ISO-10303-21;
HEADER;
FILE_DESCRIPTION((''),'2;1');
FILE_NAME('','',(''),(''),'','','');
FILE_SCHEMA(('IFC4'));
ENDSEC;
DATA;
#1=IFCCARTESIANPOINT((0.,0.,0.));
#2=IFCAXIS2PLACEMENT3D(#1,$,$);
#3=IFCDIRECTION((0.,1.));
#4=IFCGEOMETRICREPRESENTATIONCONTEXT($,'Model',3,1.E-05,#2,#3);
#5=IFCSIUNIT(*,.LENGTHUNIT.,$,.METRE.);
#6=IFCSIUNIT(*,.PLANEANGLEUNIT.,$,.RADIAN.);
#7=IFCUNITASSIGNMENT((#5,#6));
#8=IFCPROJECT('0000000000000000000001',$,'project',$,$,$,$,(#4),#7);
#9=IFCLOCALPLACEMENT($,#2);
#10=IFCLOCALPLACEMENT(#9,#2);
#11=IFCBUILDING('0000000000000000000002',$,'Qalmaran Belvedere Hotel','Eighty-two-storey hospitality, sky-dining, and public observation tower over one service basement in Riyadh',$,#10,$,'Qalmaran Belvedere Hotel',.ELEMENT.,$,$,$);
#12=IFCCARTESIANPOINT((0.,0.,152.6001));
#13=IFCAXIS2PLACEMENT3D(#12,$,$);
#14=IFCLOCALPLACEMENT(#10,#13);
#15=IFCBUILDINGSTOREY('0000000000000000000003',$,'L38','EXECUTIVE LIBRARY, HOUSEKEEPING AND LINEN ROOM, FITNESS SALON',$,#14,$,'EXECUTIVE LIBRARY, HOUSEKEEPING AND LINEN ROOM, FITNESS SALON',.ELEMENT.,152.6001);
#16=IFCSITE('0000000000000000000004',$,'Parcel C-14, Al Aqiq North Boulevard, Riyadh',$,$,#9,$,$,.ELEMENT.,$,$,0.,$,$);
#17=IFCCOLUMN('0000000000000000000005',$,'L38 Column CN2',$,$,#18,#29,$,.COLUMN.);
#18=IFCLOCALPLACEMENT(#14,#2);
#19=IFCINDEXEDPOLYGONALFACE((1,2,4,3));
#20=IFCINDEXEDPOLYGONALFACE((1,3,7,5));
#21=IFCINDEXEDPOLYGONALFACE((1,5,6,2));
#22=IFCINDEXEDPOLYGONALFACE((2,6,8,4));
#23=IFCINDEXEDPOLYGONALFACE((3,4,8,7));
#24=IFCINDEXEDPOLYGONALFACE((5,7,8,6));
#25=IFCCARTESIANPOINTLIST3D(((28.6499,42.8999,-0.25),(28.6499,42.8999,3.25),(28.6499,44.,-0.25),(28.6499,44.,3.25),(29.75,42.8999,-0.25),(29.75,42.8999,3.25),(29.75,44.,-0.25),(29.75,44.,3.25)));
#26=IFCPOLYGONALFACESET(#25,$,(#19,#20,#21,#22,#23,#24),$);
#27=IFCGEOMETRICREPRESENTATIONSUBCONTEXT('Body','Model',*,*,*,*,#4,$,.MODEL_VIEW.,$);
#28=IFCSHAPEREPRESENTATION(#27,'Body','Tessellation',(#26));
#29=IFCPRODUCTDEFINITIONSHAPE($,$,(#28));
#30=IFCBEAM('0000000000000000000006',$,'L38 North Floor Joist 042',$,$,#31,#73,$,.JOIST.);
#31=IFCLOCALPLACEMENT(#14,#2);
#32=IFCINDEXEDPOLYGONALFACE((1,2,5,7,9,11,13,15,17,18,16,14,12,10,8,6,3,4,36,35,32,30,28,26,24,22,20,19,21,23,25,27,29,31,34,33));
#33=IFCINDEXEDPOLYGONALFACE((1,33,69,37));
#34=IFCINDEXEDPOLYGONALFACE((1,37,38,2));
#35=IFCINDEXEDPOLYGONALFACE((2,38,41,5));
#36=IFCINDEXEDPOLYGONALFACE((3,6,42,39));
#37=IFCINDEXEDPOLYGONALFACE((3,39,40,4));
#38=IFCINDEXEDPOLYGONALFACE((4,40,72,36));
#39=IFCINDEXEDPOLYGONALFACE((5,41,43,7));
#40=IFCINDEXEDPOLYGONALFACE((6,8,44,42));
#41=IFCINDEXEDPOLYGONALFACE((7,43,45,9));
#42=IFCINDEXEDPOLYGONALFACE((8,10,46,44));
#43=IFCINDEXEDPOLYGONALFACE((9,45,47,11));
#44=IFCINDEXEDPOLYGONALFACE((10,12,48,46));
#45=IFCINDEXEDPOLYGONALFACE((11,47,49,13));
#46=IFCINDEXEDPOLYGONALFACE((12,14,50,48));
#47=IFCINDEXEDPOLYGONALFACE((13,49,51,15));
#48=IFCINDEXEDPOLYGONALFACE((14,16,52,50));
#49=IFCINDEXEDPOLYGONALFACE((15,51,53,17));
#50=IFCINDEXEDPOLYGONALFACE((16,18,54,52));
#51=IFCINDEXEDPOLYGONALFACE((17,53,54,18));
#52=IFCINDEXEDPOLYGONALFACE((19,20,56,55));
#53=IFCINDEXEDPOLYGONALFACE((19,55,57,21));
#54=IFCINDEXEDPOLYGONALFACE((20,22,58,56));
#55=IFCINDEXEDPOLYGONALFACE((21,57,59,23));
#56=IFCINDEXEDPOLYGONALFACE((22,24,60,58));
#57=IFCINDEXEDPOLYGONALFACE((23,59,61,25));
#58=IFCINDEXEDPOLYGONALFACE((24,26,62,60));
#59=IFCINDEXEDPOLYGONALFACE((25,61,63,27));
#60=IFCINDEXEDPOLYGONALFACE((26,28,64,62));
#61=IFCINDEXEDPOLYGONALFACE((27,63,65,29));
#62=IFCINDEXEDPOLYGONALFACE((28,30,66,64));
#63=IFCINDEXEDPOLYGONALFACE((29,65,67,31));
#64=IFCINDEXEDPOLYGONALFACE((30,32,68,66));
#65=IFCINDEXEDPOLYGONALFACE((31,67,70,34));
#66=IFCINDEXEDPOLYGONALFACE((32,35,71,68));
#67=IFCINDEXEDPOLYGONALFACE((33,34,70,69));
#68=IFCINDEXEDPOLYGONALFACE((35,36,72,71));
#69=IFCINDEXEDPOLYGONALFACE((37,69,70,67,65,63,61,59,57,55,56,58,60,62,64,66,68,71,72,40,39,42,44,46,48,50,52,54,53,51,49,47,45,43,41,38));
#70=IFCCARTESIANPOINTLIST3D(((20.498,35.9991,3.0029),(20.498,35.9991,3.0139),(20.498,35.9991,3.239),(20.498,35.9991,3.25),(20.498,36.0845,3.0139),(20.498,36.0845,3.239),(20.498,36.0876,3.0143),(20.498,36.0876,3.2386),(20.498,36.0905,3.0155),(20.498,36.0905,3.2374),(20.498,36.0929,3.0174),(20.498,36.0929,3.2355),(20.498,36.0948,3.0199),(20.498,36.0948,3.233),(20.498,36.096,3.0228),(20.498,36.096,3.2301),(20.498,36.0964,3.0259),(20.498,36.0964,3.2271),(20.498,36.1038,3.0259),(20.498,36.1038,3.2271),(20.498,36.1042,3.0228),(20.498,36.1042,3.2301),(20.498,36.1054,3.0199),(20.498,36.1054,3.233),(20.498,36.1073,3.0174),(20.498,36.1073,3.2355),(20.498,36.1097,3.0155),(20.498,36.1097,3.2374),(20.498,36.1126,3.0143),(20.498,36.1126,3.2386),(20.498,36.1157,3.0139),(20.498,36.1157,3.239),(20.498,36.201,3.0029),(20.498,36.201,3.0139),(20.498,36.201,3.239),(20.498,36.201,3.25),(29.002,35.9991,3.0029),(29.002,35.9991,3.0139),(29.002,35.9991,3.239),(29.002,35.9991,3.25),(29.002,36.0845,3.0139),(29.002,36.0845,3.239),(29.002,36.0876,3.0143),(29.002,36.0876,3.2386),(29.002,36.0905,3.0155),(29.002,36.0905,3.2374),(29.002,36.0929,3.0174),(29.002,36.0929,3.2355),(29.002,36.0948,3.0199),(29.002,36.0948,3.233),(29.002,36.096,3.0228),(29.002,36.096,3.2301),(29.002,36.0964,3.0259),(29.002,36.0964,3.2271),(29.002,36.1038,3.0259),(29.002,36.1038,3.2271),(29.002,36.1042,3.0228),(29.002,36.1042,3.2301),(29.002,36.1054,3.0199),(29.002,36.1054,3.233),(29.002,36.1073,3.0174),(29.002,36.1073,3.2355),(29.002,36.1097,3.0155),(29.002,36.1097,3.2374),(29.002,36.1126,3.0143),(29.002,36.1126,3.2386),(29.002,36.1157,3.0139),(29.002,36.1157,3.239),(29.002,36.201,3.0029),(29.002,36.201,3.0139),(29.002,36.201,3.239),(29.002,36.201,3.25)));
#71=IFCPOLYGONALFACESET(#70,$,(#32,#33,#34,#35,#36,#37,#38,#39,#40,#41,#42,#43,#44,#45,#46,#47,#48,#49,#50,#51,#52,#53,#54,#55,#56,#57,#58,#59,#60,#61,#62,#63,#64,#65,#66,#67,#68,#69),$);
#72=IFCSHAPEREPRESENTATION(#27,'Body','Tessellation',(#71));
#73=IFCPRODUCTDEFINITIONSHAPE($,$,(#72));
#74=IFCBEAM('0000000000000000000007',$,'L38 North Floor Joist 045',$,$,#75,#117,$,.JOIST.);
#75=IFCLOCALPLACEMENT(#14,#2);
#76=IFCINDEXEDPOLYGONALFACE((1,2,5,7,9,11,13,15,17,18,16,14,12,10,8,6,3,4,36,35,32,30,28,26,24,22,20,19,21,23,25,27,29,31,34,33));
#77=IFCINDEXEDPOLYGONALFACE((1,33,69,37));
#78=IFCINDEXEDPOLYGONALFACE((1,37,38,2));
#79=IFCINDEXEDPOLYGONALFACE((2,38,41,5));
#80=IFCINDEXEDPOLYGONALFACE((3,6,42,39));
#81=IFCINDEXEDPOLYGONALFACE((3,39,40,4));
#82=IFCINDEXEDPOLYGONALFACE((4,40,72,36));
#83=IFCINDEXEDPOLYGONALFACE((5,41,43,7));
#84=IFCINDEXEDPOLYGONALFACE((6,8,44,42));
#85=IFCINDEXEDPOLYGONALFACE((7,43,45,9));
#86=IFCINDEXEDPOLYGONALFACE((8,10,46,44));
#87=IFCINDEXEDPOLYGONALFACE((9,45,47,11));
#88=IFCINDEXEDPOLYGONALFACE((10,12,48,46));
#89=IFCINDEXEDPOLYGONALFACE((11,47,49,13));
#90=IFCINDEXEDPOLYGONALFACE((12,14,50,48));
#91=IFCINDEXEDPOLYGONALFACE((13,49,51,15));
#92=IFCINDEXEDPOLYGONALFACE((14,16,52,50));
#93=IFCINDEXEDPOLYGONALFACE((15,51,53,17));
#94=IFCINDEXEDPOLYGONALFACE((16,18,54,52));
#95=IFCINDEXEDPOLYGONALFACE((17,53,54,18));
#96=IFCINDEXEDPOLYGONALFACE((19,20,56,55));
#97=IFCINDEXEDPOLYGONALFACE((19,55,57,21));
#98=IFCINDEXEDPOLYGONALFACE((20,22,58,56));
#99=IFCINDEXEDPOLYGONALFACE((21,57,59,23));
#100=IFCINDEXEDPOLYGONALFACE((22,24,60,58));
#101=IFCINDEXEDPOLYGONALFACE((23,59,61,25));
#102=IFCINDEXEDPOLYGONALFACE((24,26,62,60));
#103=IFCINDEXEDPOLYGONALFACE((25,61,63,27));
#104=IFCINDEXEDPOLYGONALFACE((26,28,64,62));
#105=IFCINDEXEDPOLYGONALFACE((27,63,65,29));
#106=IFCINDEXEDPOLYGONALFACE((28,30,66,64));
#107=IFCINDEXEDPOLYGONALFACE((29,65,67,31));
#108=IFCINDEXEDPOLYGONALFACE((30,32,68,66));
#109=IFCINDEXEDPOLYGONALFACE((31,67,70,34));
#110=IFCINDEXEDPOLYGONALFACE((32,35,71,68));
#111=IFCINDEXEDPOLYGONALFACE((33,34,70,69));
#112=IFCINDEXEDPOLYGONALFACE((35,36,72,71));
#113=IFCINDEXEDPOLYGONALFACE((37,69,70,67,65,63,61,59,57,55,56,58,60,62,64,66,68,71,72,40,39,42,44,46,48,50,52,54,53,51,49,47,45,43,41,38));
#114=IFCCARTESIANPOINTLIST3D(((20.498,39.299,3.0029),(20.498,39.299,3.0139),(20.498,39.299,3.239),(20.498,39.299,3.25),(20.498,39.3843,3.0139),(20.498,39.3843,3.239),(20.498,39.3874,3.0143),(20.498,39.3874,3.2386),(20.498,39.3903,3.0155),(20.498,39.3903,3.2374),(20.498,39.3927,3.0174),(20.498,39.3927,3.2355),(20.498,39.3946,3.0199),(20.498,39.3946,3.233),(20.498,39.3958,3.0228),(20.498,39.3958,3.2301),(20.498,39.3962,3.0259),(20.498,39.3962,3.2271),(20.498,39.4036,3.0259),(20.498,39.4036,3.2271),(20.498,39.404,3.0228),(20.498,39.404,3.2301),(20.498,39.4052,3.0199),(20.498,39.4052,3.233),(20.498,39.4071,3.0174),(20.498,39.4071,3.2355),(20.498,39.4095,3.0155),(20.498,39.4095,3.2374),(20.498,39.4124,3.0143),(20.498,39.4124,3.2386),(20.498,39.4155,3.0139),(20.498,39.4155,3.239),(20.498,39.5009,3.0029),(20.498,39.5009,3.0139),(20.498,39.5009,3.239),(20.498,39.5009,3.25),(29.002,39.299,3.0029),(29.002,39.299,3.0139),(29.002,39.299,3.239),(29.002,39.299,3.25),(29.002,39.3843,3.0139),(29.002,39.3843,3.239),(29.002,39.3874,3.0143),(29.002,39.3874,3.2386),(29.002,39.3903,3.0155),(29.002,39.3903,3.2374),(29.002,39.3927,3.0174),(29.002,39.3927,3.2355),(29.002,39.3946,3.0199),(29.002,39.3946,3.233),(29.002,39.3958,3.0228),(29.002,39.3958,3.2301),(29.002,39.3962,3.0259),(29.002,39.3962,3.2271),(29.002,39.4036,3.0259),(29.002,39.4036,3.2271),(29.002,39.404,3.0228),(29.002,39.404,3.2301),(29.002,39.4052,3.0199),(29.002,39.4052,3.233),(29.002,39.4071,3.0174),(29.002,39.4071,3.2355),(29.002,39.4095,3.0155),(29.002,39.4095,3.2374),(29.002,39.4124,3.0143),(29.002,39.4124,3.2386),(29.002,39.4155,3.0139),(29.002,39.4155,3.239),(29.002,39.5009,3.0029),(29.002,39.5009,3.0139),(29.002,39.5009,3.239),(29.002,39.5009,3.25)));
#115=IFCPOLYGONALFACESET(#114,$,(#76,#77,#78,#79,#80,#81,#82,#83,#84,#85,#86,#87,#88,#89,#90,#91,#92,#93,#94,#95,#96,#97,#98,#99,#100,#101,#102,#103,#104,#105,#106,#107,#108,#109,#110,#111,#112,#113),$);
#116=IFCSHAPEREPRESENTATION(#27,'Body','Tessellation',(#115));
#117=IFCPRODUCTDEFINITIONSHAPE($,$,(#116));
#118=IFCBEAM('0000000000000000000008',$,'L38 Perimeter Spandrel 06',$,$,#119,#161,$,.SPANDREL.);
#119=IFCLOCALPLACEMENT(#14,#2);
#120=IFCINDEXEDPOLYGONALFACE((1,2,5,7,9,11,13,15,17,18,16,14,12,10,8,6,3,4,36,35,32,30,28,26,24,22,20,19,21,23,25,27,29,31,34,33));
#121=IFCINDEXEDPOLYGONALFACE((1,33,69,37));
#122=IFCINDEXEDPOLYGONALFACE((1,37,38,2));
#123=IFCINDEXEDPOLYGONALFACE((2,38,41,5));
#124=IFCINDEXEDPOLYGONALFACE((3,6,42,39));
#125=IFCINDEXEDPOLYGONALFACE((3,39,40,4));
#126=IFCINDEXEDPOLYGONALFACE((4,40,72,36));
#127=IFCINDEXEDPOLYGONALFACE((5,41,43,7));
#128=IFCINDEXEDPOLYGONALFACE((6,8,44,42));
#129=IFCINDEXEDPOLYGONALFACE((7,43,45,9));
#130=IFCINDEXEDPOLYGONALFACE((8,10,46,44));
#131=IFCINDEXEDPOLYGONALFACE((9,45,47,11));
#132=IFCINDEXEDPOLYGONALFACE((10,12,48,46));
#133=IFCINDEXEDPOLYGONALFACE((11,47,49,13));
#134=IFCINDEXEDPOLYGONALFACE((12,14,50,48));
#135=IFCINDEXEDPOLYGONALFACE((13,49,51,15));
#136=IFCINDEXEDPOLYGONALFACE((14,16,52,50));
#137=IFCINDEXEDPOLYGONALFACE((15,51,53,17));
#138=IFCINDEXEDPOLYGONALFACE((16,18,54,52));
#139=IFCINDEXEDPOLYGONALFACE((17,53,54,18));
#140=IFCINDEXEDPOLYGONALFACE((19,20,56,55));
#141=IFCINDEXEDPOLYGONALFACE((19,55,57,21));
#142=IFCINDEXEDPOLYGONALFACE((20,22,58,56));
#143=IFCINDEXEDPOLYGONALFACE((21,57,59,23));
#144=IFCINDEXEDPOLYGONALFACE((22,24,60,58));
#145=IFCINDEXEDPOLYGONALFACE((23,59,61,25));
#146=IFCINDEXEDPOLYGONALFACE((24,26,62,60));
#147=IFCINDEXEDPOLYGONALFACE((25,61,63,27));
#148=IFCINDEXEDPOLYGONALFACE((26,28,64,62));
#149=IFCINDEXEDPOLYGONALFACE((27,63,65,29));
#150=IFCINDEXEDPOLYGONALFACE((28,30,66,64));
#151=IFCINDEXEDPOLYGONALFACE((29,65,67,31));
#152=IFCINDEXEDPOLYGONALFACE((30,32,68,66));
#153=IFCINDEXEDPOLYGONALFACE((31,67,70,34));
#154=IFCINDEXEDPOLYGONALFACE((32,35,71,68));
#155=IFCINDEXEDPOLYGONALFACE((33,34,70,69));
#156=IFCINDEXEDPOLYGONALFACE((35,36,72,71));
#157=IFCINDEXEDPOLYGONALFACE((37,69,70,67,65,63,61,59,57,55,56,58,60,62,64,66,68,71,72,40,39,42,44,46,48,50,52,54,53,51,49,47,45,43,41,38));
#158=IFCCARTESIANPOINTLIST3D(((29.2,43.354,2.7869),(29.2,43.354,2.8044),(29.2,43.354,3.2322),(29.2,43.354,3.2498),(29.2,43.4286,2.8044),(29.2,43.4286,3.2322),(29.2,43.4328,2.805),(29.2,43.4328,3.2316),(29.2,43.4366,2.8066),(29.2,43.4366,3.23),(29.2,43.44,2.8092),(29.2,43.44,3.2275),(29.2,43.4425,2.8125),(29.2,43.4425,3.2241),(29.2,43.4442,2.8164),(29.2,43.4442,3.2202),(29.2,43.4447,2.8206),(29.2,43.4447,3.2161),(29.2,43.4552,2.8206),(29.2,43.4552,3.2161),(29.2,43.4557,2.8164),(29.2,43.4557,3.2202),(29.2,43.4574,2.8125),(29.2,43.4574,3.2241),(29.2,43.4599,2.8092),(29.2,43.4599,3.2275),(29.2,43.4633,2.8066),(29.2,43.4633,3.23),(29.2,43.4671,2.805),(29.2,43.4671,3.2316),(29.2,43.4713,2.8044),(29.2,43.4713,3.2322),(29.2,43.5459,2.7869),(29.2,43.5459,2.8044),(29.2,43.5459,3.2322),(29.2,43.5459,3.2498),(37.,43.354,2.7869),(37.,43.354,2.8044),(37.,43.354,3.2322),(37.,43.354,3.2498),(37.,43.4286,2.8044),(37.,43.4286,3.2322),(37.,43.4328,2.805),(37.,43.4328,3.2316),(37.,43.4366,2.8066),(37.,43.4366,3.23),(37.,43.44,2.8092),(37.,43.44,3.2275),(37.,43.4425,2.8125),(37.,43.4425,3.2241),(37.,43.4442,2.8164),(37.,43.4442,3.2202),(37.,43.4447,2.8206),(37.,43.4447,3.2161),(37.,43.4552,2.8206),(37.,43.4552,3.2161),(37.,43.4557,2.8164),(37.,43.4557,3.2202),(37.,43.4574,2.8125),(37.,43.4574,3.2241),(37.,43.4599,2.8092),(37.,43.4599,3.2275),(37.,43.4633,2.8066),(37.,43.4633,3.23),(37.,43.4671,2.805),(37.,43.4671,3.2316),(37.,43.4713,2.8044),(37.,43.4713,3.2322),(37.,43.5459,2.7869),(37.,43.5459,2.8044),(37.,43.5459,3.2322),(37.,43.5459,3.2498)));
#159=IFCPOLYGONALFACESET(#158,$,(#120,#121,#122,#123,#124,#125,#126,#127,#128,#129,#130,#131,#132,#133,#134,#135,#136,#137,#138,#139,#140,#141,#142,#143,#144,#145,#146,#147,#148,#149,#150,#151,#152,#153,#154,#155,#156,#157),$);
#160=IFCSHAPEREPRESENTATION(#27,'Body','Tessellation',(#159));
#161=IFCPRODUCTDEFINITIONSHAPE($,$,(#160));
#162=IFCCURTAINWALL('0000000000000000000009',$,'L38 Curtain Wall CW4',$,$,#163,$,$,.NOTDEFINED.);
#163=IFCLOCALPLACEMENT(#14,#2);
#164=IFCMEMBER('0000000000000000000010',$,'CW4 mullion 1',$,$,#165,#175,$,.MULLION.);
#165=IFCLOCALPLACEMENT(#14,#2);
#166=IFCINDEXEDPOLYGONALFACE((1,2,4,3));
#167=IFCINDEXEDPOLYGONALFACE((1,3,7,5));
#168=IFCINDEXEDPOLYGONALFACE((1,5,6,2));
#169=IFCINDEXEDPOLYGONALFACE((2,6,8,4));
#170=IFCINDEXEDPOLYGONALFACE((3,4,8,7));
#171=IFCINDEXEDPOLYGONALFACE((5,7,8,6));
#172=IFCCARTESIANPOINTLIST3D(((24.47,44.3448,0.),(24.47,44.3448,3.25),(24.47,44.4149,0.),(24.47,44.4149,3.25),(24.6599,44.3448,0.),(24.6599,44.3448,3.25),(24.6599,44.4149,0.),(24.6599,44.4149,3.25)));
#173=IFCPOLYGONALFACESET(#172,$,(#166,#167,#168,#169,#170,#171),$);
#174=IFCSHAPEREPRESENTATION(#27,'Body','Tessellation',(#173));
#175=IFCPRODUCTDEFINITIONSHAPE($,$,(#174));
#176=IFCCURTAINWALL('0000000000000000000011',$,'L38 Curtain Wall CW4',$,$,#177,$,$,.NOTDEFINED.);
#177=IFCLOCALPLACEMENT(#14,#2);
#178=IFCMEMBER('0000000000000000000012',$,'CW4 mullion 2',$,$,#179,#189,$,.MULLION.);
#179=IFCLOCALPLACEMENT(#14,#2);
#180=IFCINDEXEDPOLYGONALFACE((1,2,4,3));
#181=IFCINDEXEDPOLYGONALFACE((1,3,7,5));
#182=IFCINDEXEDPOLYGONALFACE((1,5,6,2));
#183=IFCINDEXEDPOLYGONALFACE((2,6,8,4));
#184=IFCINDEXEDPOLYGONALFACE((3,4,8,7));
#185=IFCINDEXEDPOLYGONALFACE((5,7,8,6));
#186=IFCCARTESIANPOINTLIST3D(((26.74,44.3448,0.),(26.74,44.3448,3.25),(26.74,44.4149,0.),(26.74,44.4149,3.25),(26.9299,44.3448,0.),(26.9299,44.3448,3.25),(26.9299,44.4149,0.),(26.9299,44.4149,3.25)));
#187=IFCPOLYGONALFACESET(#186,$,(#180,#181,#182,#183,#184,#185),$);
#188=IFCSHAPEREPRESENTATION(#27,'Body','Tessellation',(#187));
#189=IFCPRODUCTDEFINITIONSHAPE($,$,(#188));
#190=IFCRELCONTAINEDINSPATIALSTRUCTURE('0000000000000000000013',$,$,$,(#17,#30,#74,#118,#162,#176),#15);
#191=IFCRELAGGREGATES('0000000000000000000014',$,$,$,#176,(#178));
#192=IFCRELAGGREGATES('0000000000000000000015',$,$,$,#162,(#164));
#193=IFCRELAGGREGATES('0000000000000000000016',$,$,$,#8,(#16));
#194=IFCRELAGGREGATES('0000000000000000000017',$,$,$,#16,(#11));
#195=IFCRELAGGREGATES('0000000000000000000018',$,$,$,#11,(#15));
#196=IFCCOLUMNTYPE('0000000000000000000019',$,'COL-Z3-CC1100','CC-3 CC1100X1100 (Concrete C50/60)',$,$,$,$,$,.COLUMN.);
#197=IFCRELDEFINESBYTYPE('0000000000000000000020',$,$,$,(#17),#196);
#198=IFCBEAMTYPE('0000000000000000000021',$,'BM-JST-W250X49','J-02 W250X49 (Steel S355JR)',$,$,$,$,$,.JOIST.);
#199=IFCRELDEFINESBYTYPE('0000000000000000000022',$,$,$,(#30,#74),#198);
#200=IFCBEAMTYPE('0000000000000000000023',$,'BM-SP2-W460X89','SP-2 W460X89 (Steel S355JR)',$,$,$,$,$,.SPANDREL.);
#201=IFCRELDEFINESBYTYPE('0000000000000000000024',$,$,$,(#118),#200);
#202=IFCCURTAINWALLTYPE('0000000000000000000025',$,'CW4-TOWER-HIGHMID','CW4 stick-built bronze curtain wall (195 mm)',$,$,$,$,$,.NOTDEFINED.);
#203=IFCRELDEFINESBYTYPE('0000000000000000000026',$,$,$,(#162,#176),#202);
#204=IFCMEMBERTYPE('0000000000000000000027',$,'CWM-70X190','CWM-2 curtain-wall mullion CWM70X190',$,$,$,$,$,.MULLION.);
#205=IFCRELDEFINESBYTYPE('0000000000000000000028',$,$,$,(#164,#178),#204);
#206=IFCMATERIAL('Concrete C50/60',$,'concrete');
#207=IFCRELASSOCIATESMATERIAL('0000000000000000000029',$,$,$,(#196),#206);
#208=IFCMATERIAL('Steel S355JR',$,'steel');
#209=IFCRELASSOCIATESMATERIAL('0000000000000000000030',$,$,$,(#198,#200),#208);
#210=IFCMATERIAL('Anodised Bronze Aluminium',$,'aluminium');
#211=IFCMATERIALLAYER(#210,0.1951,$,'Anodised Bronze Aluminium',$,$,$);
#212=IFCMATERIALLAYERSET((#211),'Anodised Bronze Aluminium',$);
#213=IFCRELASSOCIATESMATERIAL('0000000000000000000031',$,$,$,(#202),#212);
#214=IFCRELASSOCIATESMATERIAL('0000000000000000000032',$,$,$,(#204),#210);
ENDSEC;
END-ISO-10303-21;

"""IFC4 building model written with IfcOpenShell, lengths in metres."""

from ifc_helpers import new_model, si_unit, direction, frame, origin, origin_2d, place, context, subcontext, project, spatial, rectangle, i_section, extrude, material, layer, layer_set, material_profile, profile_set, type_object, element, aggregate, save


model = new_model("IFC4")

# Units and contexts
model_context = context("Model", 3, precision=1e-05, world=origin(), true_north=direction((0.0, 1.0)))
body_context = subcontext(model_context, "Body", "Model", "MODEL_VIEW")
ifc_project = project(units=[si_unit("LENGTHUNIT", "METRE"), si_unit("PLANEANGLEUNIT", "RADIAN")], contexts=[model_context])

# Site, building, storey
site_placement = place(None, origin())
site = spatial("IfcSite", under=ifc_project, at=site_placement, Name="Parcel C-14, Al Aqiq North Boulevard, Riyadh", CompositionType="ELEMENT", RefElevation=0.0)
building_placement = place(site_placement, origin())
building = spatial("IfcBuilding", under=site, at=building_placement, Name="Qalmaran Belvedere Hotel", Description="Eighty-two-storey hospitality, sky-dining, and public observation tower over one service basement in Riyadh", LongName="Qalmaran Belvedere Hotel", CompositionType="ELEMENT")
storey_placement = place(building_placement, frame((0.0, 0.0, 152.6001)))
storey = spatial("IfcBuildingStorey", under=building, at=storey_placement, Name="L38", Description="EXECUTIVE LIBRARY, HOUSEKEEPING AND LINEN ROOM, FITNESS SALON", LongName="EXECUTIVE LIBRARY, HOUSEKEEPING AND LINEN ROOM, FITNESS SALON", CompositionType="ELEMENT", Elevation=152.6001)

# Column
ifc_material_1 = material(Name="Concrete C50/60", Category="concrete")
ifc_material_profile_1 = material_profile(ifc_material_1, rectangle(XDim=1.1001, YDim=1.1001, at=origin_2d()), Name="CC1100X1100")
ifc_profile_set_1 = profile_set([ifc_material_profile_1], Name="Concrete C50/60")
column_type = type_object("IfcColumnType", Name="COL-Z3-CC1100", Description="CC-3 CC1100X1100 (Concrete C50/60)", PredefinedType="COLUMN", material=ifc_profile_set_1)
column_placement = place(storey_placement, frame((29.2, 43.45, -0.25), z_axis=(0.0, 0.0, 1.0), x_axis=(1.0, 0.0, 0.0)))
element("IfcColumn", 1, at=column_placement, inside=storey, type_object=column_type, Name="L38 Column CN2", PredefinedType="COLUMN", context=body_context, shape_type="SweptSolid", body=[
    extrude(rectangle(XDim=1.1001, YDim=1.1001, at=origin_2d()), origin(), (0.0, 0.0, 1.0), 3.5),
])

# Beams
ifc_material_2 = material(Name="Steel S355JR", Category="steel")
ifc_material_profile_2 = material_profile(ifc_material_2, i_section(OverallWidth=0.2019, OverallDepth=0.2471, WebThickness=0.0073, FlangeThickness=0.011, FilletRadius=0.012, at=origin_2d()), Name="W250X49")
ifc_profile_set_2 = profile_set([ifc_material_profile_2], Name="Steel S355JR")
beam_type_1 = type_object("IfcBeamType", Name="BM-JST-W250X49", Description="J-02 W250X49 (Steel S355JR)", PredefinedType="JOIST", material=ifc_profile_set_2)
for number, where, z_axis, x_axis, name in (
    (2, (20.498, 36.1001, 3.1265), (1.0, 0.0, 0.0), (0.0, 1.0, 0.0), "L38 North Floor Joist 042"),
    (3, (20.498, 39.3999, 3.1265), (1.0, 0.0, 0.0), (0.0, 1.0, 0.0), "L38 North Floor Joist 045"),
):
    element("IfcBeam", number, at=place(storey_placement, frame(where, z_axis=z_axis, x_axis=x_axis)), inside=storey, type_object=beam_type_1, Name=name, PredefinedType="JOIST", context=body_context, shape_type="SweptSolid", body=[
        extrude(i_section(OverallWidth=0.2019, OverallDepth=0.2471, WebThickness=0.0073, FlangeThickness=0.011, FilletRadius=0.012, at=origin_2d()), origin(), (0.0, 0.0, 1.0), 8.5039),
    ])
ifc_material_profile_3 = material_profile(ifc_material_2, i_section(OverallWidth=0.1919, OverallDepth=0.4629, WebThickness=0.0105, FlangeThickness=0.0176, FilletRadius=0.0161, at=origin_2d()), Name="W460X89")
ifc_profile_set_3 = profile_set([ifc_material_profile_3], Name="Steel S355JR")
beam_type_2 = type_object("IfcBeamType", Name="BM-SP2-W460X89", Description="SP-2 W460X89 (Steel S355JR)", PredefinedType="SPANDREL", material=ifc_profile_set_3)
beam_placement = place(storey_placement, frame((29.2, 43.45, 3.0183), z_axis=(1.0, 0.0, 0.0), x_axis=(0.0, 1.0, 0.0)))
element("IfcBeam", 4, at=beam_placement, inside=storey, type_object=beam_type_2, Name="L38 Perimeter Spandrel 06", PredefinedType="SPANDREL", context=body_context, shape_type="SweptSolid", body=[
    extrude(i_section(OverallWidth=0.1919, OverallDepth=0.4629, WebThickness=0.0105, FlangeThickness=0.0176, FilletRadius=0.0161, at=origin_2d()), origin(), (0.0, 0.0, 1.0), 7.8),
])

# Curtain walls, members
ifc_material_3 = material(Name="Anodised Bronze Aluminium", Category="aluminium")
ifc_layer_1 = layer(ifc_material_3, 0.1951, Name="Anodised Bronze Aluminium")
ifc_layer_set_1 = layer_set([ifc_layer_1], Name="Anodised Bronze Aluminium")
curtain_wall_type = type_object("IfcCurtainWallType", Name="CW4-TOWER-HIGHMID", Description="CW4 stick-built bronze curtain wall (195 mm)", PredefinedType="NOTDEFINED", material=ifc_layer_set_1)
curtain_wall_1_placement = place(storey_placement, origin())
curtain_wall_1 = element("IfcCurtainWall", 5, at=curtain_wall_1_placement, inside=storey, type_object=curtain_wall_type, Name="L38 Curtain Wall CW4", PredefinedType="NOTDEFINED")
ifc_material_profile_4 = material_profile(ifc_material_3, rectangle(XDim=0.0701, YDim=0.1899, at=origin_2d()), Name="CWM70X190")
ifc_profile_set_4 = profile_set([ifc_material_profile_4], Name="Anodised Bronze Aluminium")
member_type_1 = type_object("IfcMemberType", Name="CWM-70X190", Description="CWM-2 curtain-wall mullion CWM70X190", PredefinedType="MULLION", material=ifc_profile_set_4)
member_1_placement = place(storey_placement, frame((24.5649, 44.3799, 0.0), z_axis=(0.0, 0.0, 1.0), x_axis=(0.0, -1.0, 0.0)))
member_1 = element("IfcMember", 6, at=member_1_placement, type_object=member_type_1, Name="CW4 mullion 1", PredefinedType="MULLION", context=body_context, shape_type="SweptSolid", body=[
    extrude(rectangle(XDim=0.0701, YDim=0.1899, at=origin_2d()), origin(), (0.0, 0.0, 1.0), 3.25),
])
curtain_wall_2_placement = place(storey_placement, origin())
curtain_wall_2 = element("IfcCurtainWall", 7, at=curtain_wall_2_placement, inside=storey, type_object=curtain_wall_type, Name="L38 Curtain Wall CW4", PredefinedType="NOTDEFINED")
member_2_placement = place(storey_placement, frame((26.835, 44.3799, 0.0), z_axis=(0.0, 0.0, 1.0), x_axis=(0.0, -1.0, 0.0)))
member_2 = element("IfcMember", 8, at=member_2_placement, type_object=member_type_1, Name="CW4 mullion 2", PredefinedType="MULLION", context=body_context, shape_type="SweptSolid", body=[
    extrude(rectangle(XDim=0.0701, YDim=0.1899, at=origin_2d()), origin(), (0.0, 0.0, 1.0), 3.25),
])
aggregate(curtain_wall_2, [member_2])

aggregate(curtain_wall_1, [member_1])

save(model, "model.ifc")
